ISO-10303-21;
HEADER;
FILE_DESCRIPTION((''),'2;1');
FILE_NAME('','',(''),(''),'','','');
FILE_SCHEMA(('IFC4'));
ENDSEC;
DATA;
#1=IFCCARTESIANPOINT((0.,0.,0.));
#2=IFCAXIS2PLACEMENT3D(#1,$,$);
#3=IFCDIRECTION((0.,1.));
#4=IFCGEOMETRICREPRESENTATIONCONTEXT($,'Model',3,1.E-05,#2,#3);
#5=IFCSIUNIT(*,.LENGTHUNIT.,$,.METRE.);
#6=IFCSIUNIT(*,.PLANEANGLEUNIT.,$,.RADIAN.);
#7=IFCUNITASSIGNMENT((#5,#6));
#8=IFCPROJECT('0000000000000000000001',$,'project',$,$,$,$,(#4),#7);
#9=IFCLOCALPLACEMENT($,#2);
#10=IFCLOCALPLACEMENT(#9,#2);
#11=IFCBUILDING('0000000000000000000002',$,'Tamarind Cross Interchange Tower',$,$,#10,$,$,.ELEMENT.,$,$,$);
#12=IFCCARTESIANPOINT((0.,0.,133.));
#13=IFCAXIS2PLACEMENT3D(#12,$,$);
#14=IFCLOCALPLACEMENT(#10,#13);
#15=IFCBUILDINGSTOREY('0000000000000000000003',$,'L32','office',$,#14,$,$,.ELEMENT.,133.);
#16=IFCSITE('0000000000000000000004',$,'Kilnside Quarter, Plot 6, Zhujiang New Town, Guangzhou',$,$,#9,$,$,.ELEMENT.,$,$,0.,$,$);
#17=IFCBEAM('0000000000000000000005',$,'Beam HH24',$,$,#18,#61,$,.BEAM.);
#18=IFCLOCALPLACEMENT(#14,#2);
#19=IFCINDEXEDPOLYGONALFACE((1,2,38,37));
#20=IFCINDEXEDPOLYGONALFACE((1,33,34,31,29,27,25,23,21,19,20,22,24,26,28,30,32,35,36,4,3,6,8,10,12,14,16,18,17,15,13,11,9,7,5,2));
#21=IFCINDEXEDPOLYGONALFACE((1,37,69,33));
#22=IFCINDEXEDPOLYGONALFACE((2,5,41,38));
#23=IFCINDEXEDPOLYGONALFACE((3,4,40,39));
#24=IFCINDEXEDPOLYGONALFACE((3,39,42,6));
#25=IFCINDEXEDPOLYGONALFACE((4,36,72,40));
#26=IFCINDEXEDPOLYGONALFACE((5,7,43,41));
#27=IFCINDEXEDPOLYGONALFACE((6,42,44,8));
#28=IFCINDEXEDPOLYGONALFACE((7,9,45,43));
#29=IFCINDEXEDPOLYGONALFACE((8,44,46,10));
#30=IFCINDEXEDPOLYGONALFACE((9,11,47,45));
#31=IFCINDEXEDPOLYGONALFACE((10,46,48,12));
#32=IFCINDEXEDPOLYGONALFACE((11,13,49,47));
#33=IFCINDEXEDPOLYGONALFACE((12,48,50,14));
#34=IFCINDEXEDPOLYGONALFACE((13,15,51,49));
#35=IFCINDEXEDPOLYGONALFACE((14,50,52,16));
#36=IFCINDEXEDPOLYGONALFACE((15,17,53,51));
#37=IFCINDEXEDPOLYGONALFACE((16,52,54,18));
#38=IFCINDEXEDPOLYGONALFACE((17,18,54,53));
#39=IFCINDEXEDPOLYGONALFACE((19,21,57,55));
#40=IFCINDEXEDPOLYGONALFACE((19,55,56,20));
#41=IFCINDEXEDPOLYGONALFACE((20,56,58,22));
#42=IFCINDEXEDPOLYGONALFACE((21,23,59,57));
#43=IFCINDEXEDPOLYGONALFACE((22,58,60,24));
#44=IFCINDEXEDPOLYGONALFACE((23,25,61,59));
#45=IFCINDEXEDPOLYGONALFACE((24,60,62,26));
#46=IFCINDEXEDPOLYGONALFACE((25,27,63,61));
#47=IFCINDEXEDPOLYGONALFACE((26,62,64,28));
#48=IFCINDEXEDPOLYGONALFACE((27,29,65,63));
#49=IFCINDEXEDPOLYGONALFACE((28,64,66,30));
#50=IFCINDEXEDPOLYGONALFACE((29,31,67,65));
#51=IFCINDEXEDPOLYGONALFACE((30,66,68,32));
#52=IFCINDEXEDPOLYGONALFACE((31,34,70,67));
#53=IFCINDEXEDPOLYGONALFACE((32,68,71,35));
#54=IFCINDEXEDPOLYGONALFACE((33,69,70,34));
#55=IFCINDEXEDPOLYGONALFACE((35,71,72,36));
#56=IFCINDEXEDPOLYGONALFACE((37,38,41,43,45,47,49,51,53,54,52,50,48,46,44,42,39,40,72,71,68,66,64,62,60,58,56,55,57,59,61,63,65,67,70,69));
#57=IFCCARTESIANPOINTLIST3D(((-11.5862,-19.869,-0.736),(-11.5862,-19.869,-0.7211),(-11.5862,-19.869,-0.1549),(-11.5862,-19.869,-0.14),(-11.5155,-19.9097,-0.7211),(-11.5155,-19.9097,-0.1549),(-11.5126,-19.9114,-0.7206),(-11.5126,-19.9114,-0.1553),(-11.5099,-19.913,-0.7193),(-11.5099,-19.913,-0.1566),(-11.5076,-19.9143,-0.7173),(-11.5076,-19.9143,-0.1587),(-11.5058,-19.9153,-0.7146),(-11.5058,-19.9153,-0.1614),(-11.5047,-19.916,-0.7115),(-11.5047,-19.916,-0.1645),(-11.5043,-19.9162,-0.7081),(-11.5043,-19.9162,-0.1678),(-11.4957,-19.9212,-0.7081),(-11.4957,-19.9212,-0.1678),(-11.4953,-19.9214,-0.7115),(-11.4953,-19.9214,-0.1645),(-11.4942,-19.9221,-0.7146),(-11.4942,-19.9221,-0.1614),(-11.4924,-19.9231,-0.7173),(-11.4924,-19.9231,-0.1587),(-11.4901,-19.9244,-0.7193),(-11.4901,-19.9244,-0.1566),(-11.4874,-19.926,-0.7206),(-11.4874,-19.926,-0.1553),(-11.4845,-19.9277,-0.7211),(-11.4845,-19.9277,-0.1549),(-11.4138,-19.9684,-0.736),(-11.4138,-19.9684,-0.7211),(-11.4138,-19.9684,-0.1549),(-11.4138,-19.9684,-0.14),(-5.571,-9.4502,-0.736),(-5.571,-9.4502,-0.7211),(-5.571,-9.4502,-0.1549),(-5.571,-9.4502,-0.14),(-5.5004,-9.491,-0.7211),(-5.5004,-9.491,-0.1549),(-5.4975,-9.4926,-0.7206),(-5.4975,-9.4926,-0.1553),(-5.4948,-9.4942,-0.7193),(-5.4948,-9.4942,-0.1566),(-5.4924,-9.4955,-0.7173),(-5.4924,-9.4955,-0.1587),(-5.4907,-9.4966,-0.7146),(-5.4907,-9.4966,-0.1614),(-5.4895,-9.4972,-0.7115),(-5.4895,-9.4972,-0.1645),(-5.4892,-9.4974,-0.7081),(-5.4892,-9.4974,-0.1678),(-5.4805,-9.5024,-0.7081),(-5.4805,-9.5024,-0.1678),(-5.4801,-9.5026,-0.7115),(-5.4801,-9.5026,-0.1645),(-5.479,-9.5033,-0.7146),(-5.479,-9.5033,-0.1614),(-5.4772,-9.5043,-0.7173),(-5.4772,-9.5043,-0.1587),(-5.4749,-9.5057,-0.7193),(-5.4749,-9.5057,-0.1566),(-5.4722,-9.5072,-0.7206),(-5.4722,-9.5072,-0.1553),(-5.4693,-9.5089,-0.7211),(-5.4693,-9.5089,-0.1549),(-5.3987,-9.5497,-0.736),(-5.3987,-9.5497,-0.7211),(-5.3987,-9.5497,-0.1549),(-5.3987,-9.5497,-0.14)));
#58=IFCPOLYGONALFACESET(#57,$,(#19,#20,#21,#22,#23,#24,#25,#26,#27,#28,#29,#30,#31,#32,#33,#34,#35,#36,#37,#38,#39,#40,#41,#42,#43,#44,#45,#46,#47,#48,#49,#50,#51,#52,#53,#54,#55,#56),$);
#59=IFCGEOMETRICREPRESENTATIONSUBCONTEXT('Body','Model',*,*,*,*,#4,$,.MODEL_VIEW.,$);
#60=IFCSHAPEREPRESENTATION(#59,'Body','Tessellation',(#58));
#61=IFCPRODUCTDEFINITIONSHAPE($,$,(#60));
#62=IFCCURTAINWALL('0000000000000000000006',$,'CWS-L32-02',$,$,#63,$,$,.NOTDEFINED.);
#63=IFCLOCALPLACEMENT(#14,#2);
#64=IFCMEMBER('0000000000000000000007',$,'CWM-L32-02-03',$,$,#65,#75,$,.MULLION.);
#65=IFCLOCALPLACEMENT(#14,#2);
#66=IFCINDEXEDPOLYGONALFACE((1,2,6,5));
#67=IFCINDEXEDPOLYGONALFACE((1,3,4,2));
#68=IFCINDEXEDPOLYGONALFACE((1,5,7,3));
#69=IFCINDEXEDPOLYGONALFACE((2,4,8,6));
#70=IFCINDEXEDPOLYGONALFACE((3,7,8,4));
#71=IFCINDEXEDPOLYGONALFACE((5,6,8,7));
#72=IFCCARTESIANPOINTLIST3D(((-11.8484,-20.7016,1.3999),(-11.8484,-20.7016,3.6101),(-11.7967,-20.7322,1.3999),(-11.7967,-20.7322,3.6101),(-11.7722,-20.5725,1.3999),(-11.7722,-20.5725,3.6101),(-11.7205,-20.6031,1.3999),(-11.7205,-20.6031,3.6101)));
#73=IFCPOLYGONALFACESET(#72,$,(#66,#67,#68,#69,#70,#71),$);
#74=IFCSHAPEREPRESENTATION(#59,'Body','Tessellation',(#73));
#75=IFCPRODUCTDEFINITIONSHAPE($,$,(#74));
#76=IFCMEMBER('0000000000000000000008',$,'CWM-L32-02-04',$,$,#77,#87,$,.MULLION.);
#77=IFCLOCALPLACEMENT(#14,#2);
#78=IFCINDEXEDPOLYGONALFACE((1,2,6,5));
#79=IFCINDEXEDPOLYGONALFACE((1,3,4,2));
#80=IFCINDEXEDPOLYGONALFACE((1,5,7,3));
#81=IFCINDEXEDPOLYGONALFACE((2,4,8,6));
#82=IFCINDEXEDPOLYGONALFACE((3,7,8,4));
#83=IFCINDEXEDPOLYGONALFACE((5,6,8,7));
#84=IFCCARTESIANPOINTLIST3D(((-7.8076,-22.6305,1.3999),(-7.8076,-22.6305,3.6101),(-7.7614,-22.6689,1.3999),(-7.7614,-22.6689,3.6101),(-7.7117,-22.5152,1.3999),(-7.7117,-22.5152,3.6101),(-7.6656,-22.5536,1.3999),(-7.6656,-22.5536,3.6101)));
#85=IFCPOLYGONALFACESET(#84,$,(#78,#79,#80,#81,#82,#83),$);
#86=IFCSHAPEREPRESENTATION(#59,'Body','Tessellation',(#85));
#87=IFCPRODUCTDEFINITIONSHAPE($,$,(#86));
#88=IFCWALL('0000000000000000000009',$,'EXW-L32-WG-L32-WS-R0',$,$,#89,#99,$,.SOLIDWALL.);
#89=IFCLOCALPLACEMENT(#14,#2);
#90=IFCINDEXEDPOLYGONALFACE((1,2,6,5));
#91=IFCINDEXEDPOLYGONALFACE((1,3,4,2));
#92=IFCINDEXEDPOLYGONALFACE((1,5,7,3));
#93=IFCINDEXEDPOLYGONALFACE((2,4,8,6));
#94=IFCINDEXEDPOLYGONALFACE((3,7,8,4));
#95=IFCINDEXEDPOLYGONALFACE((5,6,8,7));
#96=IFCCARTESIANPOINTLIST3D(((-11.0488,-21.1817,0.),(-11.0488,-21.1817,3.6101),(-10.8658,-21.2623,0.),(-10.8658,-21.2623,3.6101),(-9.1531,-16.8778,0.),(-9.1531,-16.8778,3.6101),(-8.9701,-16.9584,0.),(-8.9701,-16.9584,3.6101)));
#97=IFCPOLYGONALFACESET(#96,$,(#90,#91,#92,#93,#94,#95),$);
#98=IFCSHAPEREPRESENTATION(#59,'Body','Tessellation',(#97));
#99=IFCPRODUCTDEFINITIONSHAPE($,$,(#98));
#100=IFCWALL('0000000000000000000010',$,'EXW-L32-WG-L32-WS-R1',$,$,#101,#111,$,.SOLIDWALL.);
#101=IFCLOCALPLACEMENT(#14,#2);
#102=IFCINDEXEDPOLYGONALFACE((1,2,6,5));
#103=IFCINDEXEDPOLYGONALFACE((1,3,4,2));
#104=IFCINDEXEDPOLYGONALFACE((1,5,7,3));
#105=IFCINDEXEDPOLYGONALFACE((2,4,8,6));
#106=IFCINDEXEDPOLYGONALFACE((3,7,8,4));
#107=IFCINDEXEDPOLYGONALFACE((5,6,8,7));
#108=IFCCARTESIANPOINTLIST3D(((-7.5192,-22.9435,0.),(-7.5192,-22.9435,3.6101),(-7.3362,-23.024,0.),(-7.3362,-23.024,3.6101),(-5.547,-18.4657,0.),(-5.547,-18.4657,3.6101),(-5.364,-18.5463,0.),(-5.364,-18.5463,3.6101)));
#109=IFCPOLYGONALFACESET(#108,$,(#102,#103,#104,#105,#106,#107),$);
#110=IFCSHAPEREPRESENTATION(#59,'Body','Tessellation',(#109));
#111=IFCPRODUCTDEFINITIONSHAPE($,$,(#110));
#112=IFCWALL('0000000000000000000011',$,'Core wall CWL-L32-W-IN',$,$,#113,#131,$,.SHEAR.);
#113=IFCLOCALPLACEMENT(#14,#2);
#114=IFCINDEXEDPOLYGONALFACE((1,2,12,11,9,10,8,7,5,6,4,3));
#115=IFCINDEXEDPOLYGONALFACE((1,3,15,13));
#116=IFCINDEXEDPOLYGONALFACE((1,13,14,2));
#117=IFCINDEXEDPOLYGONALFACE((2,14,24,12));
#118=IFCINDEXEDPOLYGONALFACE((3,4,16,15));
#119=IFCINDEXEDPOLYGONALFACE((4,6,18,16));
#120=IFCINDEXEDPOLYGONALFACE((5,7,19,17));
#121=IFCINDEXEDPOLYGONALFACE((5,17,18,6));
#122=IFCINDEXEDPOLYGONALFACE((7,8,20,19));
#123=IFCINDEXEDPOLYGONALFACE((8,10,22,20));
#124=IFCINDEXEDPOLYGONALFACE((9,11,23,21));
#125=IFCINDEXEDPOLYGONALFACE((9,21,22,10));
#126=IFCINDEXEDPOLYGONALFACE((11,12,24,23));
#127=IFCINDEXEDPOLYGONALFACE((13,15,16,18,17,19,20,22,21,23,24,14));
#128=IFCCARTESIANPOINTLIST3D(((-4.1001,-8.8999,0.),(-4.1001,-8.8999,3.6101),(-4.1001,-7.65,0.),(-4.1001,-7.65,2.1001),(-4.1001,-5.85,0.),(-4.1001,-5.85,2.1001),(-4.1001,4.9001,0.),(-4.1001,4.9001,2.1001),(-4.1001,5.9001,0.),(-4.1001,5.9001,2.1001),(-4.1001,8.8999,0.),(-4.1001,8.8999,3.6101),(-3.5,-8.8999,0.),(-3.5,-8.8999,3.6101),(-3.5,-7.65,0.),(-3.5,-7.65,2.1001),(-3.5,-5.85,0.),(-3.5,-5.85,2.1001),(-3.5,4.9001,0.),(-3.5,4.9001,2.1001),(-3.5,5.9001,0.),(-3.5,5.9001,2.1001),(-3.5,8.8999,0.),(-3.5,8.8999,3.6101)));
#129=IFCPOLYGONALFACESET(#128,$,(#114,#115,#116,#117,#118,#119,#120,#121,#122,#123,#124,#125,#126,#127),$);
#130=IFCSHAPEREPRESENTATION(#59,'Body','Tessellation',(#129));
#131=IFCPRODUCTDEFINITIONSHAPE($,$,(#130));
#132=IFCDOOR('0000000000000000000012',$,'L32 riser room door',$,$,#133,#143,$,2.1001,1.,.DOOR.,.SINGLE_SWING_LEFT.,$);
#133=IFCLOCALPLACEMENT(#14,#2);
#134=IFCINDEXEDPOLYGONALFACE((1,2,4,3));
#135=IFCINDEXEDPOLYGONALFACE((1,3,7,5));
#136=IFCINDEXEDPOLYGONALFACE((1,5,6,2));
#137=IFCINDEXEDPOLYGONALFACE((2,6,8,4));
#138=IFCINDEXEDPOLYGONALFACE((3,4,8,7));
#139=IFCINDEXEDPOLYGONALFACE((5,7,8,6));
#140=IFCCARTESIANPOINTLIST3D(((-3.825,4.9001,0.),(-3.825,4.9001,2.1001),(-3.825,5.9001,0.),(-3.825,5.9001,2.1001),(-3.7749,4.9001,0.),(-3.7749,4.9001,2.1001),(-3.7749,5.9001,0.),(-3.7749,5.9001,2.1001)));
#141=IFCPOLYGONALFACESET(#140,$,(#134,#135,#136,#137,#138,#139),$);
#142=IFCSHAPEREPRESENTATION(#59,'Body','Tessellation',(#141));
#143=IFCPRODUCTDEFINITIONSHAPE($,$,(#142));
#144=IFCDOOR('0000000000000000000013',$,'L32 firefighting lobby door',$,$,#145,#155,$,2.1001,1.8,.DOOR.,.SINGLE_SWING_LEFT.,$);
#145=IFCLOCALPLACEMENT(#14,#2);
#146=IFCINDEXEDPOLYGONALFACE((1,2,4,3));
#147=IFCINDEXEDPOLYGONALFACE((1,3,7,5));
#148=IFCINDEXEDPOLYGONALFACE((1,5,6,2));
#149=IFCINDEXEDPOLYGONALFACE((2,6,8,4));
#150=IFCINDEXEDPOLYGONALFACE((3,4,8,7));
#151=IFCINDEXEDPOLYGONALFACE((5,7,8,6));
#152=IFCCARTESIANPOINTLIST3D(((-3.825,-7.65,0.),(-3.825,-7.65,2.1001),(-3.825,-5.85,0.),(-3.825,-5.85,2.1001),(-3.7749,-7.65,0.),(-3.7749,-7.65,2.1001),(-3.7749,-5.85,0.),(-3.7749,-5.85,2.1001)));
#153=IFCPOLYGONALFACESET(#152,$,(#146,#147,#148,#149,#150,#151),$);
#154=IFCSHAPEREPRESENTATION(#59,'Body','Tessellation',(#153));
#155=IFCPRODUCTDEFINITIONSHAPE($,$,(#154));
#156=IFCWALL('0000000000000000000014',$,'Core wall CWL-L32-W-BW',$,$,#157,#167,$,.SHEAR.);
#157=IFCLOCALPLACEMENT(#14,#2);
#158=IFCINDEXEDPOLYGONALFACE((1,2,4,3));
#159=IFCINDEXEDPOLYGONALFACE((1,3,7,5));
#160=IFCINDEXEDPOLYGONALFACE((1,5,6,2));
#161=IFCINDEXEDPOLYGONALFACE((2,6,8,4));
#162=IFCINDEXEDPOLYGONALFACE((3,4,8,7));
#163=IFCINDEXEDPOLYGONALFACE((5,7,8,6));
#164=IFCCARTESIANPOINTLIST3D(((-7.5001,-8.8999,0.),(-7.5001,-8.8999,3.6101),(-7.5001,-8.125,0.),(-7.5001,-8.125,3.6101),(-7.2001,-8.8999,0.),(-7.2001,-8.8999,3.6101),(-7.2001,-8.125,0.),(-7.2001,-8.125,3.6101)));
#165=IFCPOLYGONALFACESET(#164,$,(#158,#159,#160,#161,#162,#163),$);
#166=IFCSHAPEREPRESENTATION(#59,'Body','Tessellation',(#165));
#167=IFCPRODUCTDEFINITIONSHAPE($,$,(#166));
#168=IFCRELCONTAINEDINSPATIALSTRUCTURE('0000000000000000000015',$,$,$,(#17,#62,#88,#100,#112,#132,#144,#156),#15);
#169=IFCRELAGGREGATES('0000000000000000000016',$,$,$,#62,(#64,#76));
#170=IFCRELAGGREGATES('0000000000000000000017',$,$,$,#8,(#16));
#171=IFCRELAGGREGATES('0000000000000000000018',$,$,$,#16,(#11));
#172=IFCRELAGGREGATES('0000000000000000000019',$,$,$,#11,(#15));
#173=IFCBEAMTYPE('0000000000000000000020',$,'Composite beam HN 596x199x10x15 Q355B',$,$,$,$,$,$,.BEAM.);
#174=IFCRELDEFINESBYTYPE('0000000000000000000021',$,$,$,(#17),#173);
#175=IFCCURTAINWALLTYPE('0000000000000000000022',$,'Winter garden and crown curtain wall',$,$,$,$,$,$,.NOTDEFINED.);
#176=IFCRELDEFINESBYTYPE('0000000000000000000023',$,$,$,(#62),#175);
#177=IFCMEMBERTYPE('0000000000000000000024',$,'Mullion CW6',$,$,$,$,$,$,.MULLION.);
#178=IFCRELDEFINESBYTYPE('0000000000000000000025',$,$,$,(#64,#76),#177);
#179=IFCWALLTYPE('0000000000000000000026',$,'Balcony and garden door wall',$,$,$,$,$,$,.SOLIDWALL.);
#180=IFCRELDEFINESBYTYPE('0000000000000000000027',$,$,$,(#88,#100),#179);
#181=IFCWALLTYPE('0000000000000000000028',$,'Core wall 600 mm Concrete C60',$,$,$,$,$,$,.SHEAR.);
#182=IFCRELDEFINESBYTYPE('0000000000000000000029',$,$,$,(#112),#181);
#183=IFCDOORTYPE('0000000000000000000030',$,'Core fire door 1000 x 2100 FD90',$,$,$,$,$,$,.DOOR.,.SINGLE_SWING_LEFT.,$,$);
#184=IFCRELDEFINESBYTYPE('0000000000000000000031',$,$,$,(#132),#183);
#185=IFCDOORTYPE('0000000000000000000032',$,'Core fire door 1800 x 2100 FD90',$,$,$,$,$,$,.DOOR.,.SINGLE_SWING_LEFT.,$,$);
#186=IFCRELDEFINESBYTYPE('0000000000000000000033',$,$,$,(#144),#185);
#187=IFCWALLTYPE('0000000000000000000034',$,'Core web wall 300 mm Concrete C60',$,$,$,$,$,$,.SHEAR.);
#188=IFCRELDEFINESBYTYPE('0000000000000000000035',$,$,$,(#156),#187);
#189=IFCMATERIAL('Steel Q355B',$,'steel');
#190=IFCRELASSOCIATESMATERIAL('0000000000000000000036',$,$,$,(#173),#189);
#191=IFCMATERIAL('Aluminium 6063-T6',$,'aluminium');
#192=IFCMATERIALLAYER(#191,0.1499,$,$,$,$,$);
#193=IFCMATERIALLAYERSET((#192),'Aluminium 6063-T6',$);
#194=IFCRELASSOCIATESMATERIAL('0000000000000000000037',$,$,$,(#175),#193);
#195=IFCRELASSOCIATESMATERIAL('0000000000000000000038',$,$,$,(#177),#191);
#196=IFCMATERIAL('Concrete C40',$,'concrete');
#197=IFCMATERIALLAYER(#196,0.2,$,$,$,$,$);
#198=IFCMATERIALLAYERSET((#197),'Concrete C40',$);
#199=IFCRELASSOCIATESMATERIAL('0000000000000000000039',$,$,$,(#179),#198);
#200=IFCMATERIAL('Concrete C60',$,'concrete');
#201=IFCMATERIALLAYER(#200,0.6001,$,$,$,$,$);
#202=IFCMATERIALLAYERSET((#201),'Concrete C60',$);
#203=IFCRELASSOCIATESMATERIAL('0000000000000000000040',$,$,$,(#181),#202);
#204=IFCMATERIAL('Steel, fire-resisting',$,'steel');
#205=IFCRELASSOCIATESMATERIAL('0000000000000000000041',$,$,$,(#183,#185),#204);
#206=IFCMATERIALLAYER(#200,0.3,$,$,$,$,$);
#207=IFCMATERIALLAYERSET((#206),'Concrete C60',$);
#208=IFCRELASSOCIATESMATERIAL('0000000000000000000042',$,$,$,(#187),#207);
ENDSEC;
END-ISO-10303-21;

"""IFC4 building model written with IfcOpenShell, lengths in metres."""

from ifc_helpers import new_model, si_unit, direction, frame, frame_2d, origin, origin_2d, place, context, subcontext, project, spatial, rectangle, i_section, extrude, material, layer, layer_set, material_profile, profile_set, type_object, element, fill, aggregate, save


model = new_model("IFC4")

# Units and contexts
model_context = context("Model", 3, precision=1e-05, world=origin(), true_north=direction((0.0, 1.0)))
body_context = subcontext(model_context, "Body", "Model", "MODEL_VIEW")
ifc_project = project(units=[si_unit("LENGTHUNIT", "METRE"), si_unit("PLANEANGLEUNIT", "RADIAN")], contexts=[model_context])

# Site, building, storey
site_placement = place(None, origin())
site = spatial("IfcSite", under=ifc_project, at=site_placement, Name="Kilnside Quarter, Plot 6, Zhujiang New Town, Guangzhou", CompositionType="ELEMENT", RefElevation=0.0)
building_placement = place(site_placement, origin())
building = spatial("IfcBuilding", under=site, at=building_placement, Name="Tamarind Cross Interchange Tower", CompositionType="ELEMENT")
storey_placement = place(building_placement, frame((0.0, 0.0, 133.0)))
storey = spatial("IfcBuildingStorey", under=building, at=storey_placement, Name="L32", Description="office", CompositionType="ELEMENT", Elevation=133.0)

# Shared definitions
ifc_material_1 = material(Name="Concrete C60", Category="concrete")

# Beam
ifc_material_2 = material(Name="Steel Q355B", Category="steel")
ifc_material_profile_1 = material_profile(ifc_material_2, i_section(OverallWidth=0.199, OverallDepth=0.5959, WebThickness=0.01, FlangeThickness=0.0149, FilletRadius=0.0129, at=origin_2d()), Name="HN 596x199x10x15")
ifc_profile_set_1 = profile_set([ifc_material_profile_1], Name="Steel Q355B")
beam_type_1 = type_object("IfcBeamType", Name="Composite beam HN 596x199x10x15 Q355B", PredefinedType="BEAM", material=ifc_profile_set_1)
beam_placement = place(storey_placement, frame((-11.5, -19.9187, -0.438), z_axis=(0.499994, 0.866029, 0.0), x_axis=(-0.866029, 0.499994, 0.0)))
element("IfcBeam", 1, at=beam_placement, inside=storey, type_object=beam_type_1, Name="Beam HH24", PredefinedType="BEAM", context=body_context, shape_type="SweptSolid", body=[
    extrude(i_section(OverallWidth=0.199, OverallDepth=0.5959, WebThickness=0.01, FlangeThickness=0.0149, FilletRadius=0.0129, at=origin_2d()), origin(), (0.0, 0.0, 1.0), 12.0305),
])

# Curtain wall, members
ifc_material_3 = material(Name="Aluminium 6063-T6", Category="aluminium")
ifc_layer_1 = layer(ifc_material_3, 0.1499)
ifc_layer_set_1 = layer_set([ifc_layer_1], Name="Aluminium 6063-T6")
curtain_wall_type = type_object("IfcCurtainWallType", Name="Winter garden and crown curtain wall", PredefinedType="NOTDEFINED", material=ifc_layer_set_1)
curtain_wall_placement = place(storey_placement, origin())
curtain_wall = element("IfcCurtainWall", 2, at=curtain_wall_placement, inside=storey, type_object=curtain_wall_type, Name="CWS-L32-02", PredefinedType="NOTDEFINED")
ifc_material_profile_2 = material_profile(ifc_material_3, rectangle(XDim=0.0601, YDim=0.1499, at=origin_2d()), Name="Mullion CW6")
ifc_profile_set_2 = profile_set([ifc_material_profile_2], Name="Aluminium 6063-T6")
member_type = type_object("IfcMemberType", Name="Mullion CW6", PredefinedType="MULLION", material=ifc_profile_set_2)
member_1_placement = place(storey_placement, frame((-11.7844, -20.6523, 1.3999), z_axis=(0.0, 0.0, 1.0), x_axis=(0.861249, -0.508183, 0.0)))
member_1 = element("IfcMember", 3, at=member_1_placement, type_object=member_type, Name="CWM-L32-02-03", PredefinedType="MULLION", context=body_context, shape_type="SweptSolid", body=[
    extrude(rectangle(XDim=0.0601, YDim=0.1499, at=origin_2d()), origin(), (0.0, 0.0, 1.0), 2.2102),
])
member_2_placement = place(storey_placement, frame((-7.7366, -22.592, 1.3999), z_axis=(0.0, 0.0, 1.0), x_axis=(0.768853, -0.639426, 0.0)))
member_2 = element("IfcMember", 4, at=member_2_placement, type_object=member_type, Name="CWM-L32-02-04", PredefinedType="MULLION", context=body_context, shape_type="SweptSolid", body=[
    extrude(rectangle(XDim=0.0601, YDim=0.1499, at=origin_2d()), origin(), (0.0, 0.0, 1.0), 2.2102),
])
aggregate(curtain_wall, [member_1, member_2])

# Shared definitions
ifc_material_4 = material(Name="Concrete C40", Category="concrete")
ifc_layer_2 = layer(ifc_material_4, 0.2)
ifc_layer_set_2 = layer_set([ifc_layer_2], Name="Concrete C40")
wall_type_1 = type_object("IfcWallType", Name="Balcony and garden door wall", PredefinedType="SOLIDWALL", material=ifc_layer_set_2)

# Walls
wall_1_placement = place(storey_placement, frame((-9.0615, -16.918, 0.0), z_axis=(0.0, 0.0, 1.0), x_axis=(-0.403097, -0.915157, 0.0)))
element("IfcWall", 5, at=wall_1_placement, inside=storey, type_object=wall_type_1, Name="EXW-L32-WG-L32-WS-R0", PredefinedType="SOLIDWALL", context=body_context, shape_type="SweptSolid", body=[
    extrude(rectangle(XDim=4.7029, YDim=0.2, at=frame_2d((2.3516, 0.0))), origin(), (0.0, 0.0, 1.0), 3.6101),
])
wall_2_placement = place(storey_placement, frame((-5.4556, -18.5061, 0.0), z_axis=(0.0, 0.0, 1.0), x_axis=(-0.403071, -0.915169, 0.0)))
element("IfcWall", 6, at=wall_2_placement, inside=storey, type_object=wall_type_1, Name="EXW-L32-WG-L32-WS-R1", PredefinedType="SOLIDWALL", context=body_context, shape_type="SweptSolid", body=[
    extrude(rectangle(XDim=4.8928, YDim=0.2, at=frame_2d((2.4463, 0.0))), origin(), (0.0, 0.0, 1.0), 3.6101),
])

# Wall, openings, doors
ifc_layer_3 = layer(ifc_material_1, 0.6001)
ifc_layer_set_3 = layer_set([ifc_layer_3], Name="Concrete C60")
wall_type_2 = type_object("IfcWallType", Name="Core wall 600 mm Concrete C60", PredefinedType="SHEAR", material=ifc_layer_set_3)
wall_3_placement = place(storey_placement, frame((-3.8, -8.8999, 0.0), z_axis=(0.0, 0.0, 1.0), x_axis=(0.0, 1.0, 0.0)))
wall_3 = element("IfcWall", 7, at=wall_3_placement, inside=storey, type_object=wall_type_2, Name="Core wall CWL-L32-W-IN", PredefinedType="SHEAR", context=body_context, shape_type="SweptSolid", body=[
    extrude(rectangle(XDim=17.7998, YDim=0.6001, at=frame_2d((8.8999, 0.0))), origin(), (0.0, 0.0, 1.0), 3.6101),
])
opening_1_placement = place(wall_3_placement, frame((1.25, 0.0, 0.0)))
opening_1 = element("IfcOpeningElement", 8, at=opening_1_placement, cuts=wall_3, PredefinedType="OPENING", context=body_context, shape_type="SweptSolid", body=[
    extrude(rectangle(XDim=1.8, YDim=2.1001, at=frame_2d((0.8999, 1.05))), frame((0.0, 0.3101, 0.0), z_axis=(0.0, -1.0, 0.0), x_axis=(1.0, 0.0, 0.0)), (0.0, 0.0, 1.0), 0.6201),
])
opening_2_placement = place(wall_3_placement, frame((13.8, 0.0, 0.0)))
opening_2 = element("IfcOpeningElement", 9, at=opening_2_placement, cuts=wall_3, PredefinedType="OPENING", context=body_context, shape_type="SweptSolid", body=[
    extrude(rectangle(XDim=1.0, YDim=2.1001, at=frame_2d((0.5, 1.05))), frame((0.0, 0.3101, 0.0), z_axis=(0.0, -1.0, 0.0), x_axis=(1.0, 0.0, 0.0)), (0.0, 0.0, 1.0), 0.6201),
])
ifc_material_5 = material(Name="Steel, fire-resisting", Category="steel")
door_type_1 = type_object("IfcDoorType", Name="Core fire door 1000 x 2100 FD90", OperationType="SINGLE_SWING_LEFT", PredefinedType="DOOR", material=ifc_material_5)
door_1_placement = place(opening_2_placement, origin())
door_1 = element("IfcDoor", 10, at=door_1_placement, inside=storey, type_object=door_type_1, Name="L32 riser room door", OperationType="SINGLE_SWING_LEFT", OverallHeight=2.1001, OverallWidth=1.0, PredefinedType="DOOR", context=body_context, shape_type="SweptSolid", body=[
    extrude(rectangle(XDim=1.0, YDim=2.1001, at=frame_2d((0.5, 1.05))), frame((0.0, 0.0249, 0.0), z_axis=(0.0, -1.0, 0.0), x_axis=(1.0, 0.0, 0.0)), (0.0, 0.0, 1.0), 0.05),
])
fill(opening_2, door_1)
door_type_2 = type_object("IfcDoorType", Name="Core fire door 1800 x 2100 FD90", OperationType="SINGLE_SWING_LEFT", PredefinedType="DOOR", material=ifc_material_5)
door_2_placement = place(opening_1_placement, origin())
door_2 = element("IfcDoor", 11, at=door_2_placement, inside=storey, type_object=door_type_2, Name="L32 firefighting lobby door", OperationType="SINGLE_SWING_LEFT", OverallHeight=2.1001, OverallWidth=1.8, PredefinedType="DOOR", context=body_context, shape_type="SweptSolid", body=[
    extrude(rectangle(XDim=1.8, YDim=2.1001, at=frame_2d((0.8999, 1.05))), frame((0.0, 0.0249, 0.0), z_axis=(0.0, -1.0, 0.0), x_axis=(1.0, 0.0, 0.0)), (0.0, 0.0, 1.0), 0.05),
])
fill(opening_1, door_2)

# Wall
ifc_layer_4 = layer(ifc_material_1, 0.3)
ifc_layer_set_4 = layer_set([ifc_layer_4], Name="Concrete C60")
wall_type_3 = type_object("IfcWallType", Name="Core web wall 300 mm Concrete C60", PredefinedType="SHEAR", material=ifc_layer_set_4)
wall_4_placement = place(storey_placement, frame((-7.3501, -8.8999, 0.0), z_axis=(0.0, 0.0, 1.0), x_axis=(0.0, 1.0, 0.0)))
element("IfcWall", 12, at=wall_4_placement, inside=storey, type_object=wall_type_3, Name="Core wall CWL-L32-W-BW", PredefinedType="SHEAR", context=body_context, shape_type="SweptSolid", body=[
    extrude(rectangle(XDim=0.7749, YDim=0.3, at=frame_2d((0.3875, 0.0))), origin(), (0.0, 0.0, 1.0), 3.6101),
])

save(model, "model.ifc")
